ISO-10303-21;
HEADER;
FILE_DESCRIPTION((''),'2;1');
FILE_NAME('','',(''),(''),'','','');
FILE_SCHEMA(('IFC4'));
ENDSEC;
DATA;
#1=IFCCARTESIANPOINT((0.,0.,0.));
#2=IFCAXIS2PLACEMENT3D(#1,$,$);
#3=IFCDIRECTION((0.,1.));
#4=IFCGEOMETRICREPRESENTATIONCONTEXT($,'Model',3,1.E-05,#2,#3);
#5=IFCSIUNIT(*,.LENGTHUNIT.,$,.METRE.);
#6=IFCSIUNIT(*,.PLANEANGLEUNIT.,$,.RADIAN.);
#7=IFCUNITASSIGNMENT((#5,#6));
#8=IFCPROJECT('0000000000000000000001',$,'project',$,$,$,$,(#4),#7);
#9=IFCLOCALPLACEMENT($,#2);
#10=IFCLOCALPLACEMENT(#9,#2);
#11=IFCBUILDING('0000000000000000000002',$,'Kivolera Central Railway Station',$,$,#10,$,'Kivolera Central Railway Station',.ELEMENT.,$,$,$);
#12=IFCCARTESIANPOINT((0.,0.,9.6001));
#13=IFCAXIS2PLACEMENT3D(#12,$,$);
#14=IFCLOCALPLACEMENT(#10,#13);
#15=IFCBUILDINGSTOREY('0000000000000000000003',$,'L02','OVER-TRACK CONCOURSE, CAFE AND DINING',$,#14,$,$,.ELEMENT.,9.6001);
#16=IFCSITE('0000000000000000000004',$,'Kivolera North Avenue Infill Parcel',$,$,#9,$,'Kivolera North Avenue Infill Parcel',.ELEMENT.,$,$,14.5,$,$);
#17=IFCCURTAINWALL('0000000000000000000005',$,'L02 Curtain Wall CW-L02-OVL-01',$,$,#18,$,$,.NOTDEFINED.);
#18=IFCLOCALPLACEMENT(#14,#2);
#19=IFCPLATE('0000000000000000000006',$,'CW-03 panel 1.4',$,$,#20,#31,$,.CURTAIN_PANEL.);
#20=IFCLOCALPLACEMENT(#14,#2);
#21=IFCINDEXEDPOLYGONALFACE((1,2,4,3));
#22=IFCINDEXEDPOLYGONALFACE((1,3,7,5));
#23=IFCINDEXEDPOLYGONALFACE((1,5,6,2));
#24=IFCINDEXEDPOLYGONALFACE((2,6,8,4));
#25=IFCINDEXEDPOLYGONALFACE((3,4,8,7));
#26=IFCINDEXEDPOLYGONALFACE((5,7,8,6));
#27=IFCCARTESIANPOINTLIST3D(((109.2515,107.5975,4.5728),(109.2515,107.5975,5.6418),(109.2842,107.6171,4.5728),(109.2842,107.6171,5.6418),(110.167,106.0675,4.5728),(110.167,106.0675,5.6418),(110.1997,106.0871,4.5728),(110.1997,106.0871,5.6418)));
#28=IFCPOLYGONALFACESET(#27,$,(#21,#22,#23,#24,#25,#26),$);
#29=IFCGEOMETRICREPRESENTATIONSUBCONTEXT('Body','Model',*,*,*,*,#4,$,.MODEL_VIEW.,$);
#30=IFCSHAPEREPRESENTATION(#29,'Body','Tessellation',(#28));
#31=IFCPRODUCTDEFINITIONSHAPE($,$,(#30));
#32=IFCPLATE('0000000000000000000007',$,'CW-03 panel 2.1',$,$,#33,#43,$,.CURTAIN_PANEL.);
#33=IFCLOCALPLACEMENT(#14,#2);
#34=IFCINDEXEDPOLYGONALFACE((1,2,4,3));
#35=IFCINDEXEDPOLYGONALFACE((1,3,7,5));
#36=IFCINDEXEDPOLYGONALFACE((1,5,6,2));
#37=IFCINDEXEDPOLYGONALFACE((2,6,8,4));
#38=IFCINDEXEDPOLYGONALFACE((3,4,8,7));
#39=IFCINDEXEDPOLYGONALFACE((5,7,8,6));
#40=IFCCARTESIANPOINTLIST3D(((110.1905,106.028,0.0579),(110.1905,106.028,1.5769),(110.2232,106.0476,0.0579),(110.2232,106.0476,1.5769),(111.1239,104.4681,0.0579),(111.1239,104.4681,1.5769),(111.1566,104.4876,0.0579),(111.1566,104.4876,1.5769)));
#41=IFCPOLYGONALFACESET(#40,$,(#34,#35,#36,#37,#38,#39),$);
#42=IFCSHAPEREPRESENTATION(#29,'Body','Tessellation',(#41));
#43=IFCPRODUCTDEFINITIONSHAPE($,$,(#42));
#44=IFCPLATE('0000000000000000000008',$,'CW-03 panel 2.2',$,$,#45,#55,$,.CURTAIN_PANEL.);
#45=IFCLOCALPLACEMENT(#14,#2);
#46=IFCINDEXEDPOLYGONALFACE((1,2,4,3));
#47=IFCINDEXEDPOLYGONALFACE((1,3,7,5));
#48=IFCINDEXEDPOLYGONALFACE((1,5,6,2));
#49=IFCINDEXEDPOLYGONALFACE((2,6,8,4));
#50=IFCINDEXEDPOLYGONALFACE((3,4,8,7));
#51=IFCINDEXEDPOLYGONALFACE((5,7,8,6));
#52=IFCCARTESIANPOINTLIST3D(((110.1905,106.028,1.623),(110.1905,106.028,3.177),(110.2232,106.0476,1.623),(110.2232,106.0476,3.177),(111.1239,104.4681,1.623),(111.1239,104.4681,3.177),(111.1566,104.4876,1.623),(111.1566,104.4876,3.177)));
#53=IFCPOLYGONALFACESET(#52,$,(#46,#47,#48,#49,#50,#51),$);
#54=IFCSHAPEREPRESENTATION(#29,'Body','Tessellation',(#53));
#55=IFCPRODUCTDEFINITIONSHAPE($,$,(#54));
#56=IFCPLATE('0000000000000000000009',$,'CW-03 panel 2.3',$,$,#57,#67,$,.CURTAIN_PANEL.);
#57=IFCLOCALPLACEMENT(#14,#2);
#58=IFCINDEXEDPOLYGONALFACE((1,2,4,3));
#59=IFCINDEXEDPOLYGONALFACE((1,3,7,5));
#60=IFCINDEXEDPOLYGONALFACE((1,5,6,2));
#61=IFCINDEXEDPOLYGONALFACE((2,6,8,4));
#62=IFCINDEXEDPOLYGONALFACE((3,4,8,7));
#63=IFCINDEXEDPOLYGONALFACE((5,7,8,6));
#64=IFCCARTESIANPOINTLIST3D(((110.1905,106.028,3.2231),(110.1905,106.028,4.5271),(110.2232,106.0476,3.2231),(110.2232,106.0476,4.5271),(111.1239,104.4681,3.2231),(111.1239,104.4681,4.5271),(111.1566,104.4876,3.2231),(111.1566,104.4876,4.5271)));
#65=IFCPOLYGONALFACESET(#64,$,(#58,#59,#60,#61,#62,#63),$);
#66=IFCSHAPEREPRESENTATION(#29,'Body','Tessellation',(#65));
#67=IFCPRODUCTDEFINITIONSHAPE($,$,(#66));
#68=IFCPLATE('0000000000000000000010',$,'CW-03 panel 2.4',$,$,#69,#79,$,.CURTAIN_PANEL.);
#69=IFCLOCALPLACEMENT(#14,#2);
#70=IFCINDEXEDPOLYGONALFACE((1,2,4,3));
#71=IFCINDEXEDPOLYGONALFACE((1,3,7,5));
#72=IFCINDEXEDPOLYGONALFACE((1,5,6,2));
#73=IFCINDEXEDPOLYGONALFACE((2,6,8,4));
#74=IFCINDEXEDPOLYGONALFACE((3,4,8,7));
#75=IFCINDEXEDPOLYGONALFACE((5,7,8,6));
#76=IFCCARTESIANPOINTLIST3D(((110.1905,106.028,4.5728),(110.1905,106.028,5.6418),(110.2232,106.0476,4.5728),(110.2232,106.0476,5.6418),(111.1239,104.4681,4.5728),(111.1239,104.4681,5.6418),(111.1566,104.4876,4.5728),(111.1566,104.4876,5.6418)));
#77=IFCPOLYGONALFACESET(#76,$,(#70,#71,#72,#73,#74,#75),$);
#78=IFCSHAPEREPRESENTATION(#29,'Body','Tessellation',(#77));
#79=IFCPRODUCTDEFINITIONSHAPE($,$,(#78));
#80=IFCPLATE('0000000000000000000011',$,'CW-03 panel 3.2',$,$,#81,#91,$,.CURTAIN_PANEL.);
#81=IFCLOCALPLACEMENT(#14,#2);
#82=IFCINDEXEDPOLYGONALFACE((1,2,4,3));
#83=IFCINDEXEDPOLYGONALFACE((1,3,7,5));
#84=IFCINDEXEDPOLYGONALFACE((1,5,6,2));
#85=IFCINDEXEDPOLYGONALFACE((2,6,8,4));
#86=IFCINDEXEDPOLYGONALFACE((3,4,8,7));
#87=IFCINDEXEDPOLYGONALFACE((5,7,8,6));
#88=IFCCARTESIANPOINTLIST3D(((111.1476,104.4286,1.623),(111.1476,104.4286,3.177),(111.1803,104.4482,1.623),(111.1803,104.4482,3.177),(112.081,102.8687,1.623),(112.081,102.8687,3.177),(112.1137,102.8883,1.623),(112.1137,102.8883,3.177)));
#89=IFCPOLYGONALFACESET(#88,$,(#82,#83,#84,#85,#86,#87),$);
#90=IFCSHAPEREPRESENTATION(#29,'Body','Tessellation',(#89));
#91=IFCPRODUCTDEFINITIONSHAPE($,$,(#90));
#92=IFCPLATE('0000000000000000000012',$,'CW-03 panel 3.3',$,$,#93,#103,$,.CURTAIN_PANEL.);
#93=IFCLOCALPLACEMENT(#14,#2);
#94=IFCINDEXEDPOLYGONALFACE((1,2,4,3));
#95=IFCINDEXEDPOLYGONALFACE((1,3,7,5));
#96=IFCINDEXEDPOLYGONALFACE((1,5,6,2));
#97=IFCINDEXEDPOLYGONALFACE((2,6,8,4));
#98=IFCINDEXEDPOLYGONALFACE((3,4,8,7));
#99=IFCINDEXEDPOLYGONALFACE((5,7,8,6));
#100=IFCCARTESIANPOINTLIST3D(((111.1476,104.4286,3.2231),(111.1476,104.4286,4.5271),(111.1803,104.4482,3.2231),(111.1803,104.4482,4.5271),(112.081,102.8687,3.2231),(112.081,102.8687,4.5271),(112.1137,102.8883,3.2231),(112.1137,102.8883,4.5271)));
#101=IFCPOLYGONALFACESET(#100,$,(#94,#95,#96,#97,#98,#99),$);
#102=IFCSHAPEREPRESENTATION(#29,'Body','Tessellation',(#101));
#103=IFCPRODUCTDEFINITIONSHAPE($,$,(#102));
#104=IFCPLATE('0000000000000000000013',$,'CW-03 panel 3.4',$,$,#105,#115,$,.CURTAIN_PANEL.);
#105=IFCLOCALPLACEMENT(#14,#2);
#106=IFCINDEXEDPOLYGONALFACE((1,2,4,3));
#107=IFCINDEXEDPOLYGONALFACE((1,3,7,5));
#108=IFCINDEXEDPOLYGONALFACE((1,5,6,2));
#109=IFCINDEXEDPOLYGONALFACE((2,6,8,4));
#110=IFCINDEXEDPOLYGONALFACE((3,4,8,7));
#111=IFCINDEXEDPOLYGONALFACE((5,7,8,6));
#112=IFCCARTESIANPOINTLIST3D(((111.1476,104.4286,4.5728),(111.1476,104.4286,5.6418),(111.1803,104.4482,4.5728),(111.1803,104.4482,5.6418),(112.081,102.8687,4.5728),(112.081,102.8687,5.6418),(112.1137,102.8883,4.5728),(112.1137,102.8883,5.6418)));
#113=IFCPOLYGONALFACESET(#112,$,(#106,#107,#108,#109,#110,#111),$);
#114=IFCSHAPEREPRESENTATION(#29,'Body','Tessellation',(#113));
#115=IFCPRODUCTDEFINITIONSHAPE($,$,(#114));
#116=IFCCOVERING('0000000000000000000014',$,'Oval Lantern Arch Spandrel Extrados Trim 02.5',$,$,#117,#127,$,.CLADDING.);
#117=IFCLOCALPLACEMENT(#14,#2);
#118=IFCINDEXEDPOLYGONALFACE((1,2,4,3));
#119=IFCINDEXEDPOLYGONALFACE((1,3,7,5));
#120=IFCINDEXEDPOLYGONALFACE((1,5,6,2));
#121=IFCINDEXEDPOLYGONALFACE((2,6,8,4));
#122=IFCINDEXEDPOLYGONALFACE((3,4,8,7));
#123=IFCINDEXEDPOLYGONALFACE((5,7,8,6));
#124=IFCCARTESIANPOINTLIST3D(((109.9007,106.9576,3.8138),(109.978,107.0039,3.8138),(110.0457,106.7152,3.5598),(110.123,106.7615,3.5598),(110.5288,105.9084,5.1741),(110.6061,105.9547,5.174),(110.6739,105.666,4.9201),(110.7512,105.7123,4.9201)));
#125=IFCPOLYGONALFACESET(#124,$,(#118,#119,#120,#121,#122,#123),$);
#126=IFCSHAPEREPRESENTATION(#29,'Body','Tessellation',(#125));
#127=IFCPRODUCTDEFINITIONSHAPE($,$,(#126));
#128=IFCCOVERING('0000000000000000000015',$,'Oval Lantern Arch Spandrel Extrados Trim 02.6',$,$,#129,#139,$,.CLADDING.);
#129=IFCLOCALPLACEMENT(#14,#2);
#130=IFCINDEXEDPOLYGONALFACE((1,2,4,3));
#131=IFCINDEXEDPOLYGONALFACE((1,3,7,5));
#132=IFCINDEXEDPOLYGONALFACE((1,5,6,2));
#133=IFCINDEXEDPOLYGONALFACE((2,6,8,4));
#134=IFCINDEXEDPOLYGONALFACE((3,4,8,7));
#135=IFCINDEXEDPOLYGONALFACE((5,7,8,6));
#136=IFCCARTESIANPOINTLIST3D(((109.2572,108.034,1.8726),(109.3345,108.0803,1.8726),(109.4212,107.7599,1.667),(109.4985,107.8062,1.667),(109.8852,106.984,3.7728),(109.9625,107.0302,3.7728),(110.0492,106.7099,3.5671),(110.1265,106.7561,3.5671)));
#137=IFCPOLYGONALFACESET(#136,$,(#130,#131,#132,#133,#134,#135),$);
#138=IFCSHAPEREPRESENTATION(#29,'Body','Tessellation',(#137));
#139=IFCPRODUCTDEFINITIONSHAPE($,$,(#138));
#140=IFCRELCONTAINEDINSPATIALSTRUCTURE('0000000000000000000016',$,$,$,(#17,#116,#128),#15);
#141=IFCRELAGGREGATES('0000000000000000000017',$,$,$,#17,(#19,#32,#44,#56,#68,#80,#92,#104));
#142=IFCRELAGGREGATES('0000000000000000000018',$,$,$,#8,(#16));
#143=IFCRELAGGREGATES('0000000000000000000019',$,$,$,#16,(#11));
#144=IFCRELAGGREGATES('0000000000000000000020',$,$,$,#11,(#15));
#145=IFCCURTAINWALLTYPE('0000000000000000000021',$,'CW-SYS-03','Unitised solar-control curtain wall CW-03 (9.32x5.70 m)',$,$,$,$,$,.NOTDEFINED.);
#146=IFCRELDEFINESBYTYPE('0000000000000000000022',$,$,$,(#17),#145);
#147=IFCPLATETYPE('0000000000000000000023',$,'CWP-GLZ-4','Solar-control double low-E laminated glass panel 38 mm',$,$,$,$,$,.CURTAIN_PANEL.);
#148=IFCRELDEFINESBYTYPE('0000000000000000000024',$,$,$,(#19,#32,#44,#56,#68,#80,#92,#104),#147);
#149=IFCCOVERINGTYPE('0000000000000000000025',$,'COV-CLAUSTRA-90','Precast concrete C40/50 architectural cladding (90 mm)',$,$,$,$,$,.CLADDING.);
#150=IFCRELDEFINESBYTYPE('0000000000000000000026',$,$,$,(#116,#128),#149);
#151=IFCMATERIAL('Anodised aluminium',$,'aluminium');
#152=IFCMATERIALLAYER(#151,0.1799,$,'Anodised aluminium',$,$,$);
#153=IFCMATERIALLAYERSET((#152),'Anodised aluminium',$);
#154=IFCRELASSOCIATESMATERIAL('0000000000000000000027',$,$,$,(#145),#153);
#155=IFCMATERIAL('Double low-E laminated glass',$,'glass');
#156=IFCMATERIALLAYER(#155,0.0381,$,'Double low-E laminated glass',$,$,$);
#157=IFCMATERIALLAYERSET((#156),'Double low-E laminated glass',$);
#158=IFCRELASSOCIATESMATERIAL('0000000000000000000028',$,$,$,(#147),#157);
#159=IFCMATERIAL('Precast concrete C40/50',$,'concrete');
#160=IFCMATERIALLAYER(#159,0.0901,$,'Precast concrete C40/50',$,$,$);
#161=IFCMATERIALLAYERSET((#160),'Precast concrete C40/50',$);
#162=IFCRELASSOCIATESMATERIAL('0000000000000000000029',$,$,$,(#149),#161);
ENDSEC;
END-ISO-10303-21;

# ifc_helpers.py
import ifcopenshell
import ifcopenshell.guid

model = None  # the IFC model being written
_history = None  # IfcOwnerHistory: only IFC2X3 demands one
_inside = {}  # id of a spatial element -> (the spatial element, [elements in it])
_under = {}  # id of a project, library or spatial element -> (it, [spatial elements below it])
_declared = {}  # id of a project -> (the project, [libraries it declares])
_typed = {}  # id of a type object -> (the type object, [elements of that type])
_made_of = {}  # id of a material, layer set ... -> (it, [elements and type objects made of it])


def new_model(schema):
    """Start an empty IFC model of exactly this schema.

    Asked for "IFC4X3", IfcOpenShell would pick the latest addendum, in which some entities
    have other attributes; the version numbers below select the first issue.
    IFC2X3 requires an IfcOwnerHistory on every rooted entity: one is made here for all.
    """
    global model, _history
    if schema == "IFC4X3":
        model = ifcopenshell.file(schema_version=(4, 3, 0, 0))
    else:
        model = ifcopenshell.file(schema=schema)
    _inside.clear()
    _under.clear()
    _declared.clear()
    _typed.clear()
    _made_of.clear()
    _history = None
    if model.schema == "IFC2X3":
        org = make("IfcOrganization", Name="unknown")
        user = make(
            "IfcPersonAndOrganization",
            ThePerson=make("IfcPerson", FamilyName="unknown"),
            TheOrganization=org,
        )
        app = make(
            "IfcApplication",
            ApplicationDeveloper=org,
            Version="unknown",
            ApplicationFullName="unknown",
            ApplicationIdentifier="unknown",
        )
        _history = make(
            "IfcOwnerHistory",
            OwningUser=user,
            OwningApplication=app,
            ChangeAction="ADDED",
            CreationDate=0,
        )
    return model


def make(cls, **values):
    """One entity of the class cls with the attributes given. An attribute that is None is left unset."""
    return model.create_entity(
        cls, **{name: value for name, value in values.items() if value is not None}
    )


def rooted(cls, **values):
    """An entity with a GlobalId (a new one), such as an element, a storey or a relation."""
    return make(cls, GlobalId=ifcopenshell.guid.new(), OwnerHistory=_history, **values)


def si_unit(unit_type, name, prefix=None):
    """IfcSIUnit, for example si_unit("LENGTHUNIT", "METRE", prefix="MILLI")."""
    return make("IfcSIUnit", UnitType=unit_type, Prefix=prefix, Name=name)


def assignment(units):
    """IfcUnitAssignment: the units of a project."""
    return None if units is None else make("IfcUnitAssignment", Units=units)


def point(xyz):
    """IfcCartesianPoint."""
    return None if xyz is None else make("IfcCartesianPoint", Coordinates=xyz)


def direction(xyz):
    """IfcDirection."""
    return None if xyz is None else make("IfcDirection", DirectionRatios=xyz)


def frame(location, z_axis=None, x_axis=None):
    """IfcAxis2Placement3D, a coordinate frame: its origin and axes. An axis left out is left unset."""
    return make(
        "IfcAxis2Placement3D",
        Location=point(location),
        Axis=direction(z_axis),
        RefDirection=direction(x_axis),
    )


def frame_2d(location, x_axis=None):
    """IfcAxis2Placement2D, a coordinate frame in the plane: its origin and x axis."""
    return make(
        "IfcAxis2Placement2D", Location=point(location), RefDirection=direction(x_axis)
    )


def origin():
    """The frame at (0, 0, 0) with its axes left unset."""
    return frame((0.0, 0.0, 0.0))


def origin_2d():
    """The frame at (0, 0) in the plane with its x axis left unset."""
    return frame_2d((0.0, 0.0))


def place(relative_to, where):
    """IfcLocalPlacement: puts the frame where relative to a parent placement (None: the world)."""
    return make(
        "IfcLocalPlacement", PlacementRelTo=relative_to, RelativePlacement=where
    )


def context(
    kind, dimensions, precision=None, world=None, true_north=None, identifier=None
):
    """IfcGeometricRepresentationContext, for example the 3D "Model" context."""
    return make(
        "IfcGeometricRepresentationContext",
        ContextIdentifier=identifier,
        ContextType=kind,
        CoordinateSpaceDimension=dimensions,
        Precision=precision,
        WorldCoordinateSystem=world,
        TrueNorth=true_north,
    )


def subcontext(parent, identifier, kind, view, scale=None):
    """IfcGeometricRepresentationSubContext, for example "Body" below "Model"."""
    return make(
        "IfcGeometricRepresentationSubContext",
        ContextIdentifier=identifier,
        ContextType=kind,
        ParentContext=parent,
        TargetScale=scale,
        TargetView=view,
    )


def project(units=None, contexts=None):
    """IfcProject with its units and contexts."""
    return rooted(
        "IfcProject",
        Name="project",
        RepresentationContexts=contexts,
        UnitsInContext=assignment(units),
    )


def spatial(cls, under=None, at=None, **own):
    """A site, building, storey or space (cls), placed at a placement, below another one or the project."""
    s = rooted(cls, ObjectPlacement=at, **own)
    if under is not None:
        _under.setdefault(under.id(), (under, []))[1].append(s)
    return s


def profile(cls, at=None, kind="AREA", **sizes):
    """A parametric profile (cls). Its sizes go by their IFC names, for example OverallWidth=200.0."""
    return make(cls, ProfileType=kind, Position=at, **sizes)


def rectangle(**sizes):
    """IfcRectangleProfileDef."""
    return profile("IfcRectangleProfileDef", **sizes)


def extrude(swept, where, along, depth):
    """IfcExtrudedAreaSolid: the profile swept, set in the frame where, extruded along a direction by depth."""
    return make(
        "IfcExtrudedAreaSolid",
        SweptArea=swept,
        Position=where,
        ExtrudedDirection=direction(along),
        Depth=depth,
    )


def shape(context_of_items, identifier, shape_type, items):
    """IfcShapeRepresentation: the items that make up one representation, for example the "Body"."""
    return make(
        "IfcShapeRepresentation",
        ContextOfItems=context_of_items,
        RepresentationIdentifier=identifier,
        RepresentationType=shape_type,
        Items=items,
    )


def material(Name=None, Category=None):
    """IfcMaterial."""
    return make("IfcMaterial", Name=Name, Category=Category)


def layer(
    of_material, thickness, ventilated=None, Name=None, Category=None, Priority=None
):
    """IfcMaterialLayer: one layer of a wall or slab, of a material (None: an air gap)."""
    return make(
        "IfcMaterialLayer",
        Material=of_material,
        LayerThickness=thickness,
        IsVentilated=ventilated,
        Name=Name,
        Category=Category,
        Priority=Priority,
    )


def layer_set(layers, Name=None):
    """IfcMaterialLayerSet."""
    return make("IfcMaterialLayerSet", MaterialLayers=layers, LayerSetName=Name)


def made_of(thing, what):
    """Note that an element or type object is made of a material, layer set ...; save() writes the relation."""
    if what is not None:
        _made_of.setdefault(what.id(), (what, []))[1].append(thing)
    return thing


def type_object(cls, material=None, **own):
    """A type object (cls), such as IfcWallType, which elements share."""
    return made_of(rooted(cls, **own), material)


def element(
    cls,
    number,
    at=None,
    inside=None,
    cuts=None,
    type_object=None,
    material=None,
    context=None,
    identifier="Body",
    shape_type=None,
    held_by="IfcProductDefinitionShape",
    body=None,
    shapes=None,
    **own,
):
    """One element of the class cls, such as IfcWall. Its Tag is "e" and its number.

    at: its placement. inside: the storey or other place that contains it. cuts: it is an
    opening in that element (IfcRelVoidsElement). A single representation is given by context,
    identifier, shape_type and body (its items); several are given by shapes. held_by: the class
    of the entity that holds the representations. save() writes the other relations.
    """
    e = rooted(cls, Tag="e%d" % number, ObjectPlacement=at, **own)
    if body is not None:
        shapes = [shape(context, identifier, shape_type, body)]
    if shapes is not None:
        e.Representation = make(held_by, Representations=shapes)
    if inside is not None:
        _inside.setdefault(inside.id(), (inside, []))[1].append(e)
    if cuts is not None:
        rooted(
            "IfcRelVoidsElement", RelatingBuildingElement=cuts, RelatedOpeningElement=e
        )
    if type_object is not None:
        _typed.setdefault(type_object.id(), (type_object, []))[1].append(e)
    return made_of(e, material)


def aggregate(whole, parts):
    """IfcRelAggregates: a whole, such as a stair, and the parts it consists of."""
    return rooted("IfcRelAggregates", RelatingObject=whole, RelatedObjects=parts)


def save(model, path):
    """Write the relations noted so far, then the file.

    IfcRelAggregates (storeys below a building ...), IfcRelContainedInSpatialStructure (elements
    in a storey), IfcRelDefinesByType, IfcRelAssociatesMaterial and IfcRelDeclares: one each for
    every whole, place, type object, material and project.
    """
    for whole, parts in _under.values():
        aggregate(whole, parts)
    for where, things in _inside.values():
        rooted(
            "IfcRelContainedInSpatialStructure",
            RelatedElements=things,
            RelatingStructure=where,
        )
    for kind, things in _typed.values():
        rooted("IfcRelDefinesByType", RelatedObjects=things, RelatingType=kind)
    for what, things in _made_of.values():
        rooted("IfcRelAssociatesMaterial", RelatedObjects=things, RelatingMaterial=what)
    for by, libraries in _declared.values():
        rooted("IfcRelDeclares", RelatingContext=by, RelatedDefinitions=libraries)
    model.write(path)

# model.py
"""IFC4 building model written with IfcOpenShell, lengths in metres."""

from ifc_helpers import new_model, si_unit, direction, frame, origin, origin_2d, place, context, subcontext, project, spatial, rectangle, extrude, material, layer, layer_set, type_object, element, aggregate, save


model = new_model("IFC4")

# Units and contexts
model_context = context("Model", 3, precision=1e-05, world=origin(), true_north=direction((0.0, 1.0)))
body_context = subcontext(model_context, "Body", "Model", "MODEL_VIEW")
ifc_project = project(units=[si_unit("LENGTHUNIT", "METRE"), si_unit("PLANEANGLEUNIT", "RADIAN")], contexts=[model_context])

# Site, building, storey
site_placement = place(None, origin())
site = spatial("IfcSite", under=ifc_project, at=site_placement, Name="Kivolera North Avenue Infill Parcel", LongName="Kivolera North Avenue Infill Parcel", CompositionType="ELEMENT", RefElevation=14.5)
building_placement = place(site_placement, origin())
building = spatial("IfcBuilding", under=site, at=building_placement, Name="Kivolera Central Railway Station", LongName="Kivolera Central Railway Station", CompositionType="ELEMENT")
storey_placement = place(building_placement, frame((0.0, 0.0, 9.6001)))
storey = spatial("IfcBuildingStorey", under=building, at=storey_placement, Name="L02", Description="OVER-TRACK CONCOURSE, CAFE AND DINING", CompositionType="ELEMENT", Elevation=9.6001)

# Curtain wall, plates
ifc_material_1 = material(Name="Anodised aluminium", Category="aluminium")
ifc_layer_1 = layer(ifc_material_1, 0.1799, Name="Anodised aluminium")
ifc_layer_set_1 = layer_set([ifc_layer_1], Name="Anodised aluminium")
curtain_wall_type = type_object("IfcCurtainWallType", Name="CW-SYS-03", Description="Unitised solar-control curtain wall CW-03 (9.32x5.70 m)", PredefinedType="NOTDEFINED", material=ifc_layer_set_1)
curtain_wall_placement = place(storey_placement, origin())
curtain_wall = element("IfcCurtainWall", 1, at=curtain_wall_placement, inside=storey, type_object=curtain_wall_type, Name="L02 Curtain Wall CW-L02-OVL-01", PredefinedType="NOTDEFINED")
ifc_material_2 = material(Name="Double low-E laminated glass", Category="glass")
ifc_layer_2 = layer(ifc_material_2, 0.0381, Name="Double low-E laminated glass")
ifc_layer_set_2 = layer_set([ifc_layer_2], Name="Double low-E laminated glass")
plate_type = type_object("IfcPlateType", Name="CWP-GLZ-4", Description="Solar-control double low-E laminated glass panel 38 mm", PredefinedType="CURTAIN_PANEL", material=ifc_layer_set_2)
plate_1_placement = place(storey_placement, frame((109.7256, 106.8423, 4.5728), z_axis=(0.0, 0.0, 1.0), x_axis=(0.513454, -0.858117, 0.0)))
plate_1 = element("IfcPlate", 2, at=plate_1_placement, type_object=plate_type, Name="CW-03 panel 1.4", PredefinedType="CURTAIN_PANEL", context=body_context, shape_type="SweptSolid", body=[
    extrude(rectangle(XDim=1.783, YDim=0.0381, at=origin_2d()), origin(), (0.0, 0.0, 1.0), 1.0691),
])
plate_2_placement = place(storey_placement, frame((110.6736, 105.2578, 0.0579), z_axis=(0.0, 0.0, 1.0), x_axis=(0.513454, -0.858117, 0.0)))
plate_2 = element("IfcPlate", 3, at=plate_2_placement, type_object=plate_type, Name="CW-03 panel 2.1", PredefinedType="CURTAIN_PANEL", context=body_context, shape_type="SweptSolid", body=[
    extrude(rectangle(XDim=1.8179, YDim=0.0381, at=origin_2d()), origin(), (0.0, 0.0, 1.0), 1.519),
])
plate_3_placement = place(storey_placement, frame((110.6736, 105.2578, 1.623), z_axis=(0.0, 0.0, 1.0), x_axis=(0.513454, -0.858117, 0.0)))
plate_3 = element("IfcPlate", 4, at=plate_3_placement, type_object=plate_type, Name="CW-03 panel 2.2", PredefinedType="CURTAIN_PANEL", context=body_context, shape_type="SweptSolid", body=[
    extrude(rectangle(XDim=1.8179, YDim=0.0381, at=origin_2d()), origin(), (0.0, 0.0, 1.0), 1.554),
])
plate_4_placement = place(storey_placement, frame((110.6736, 105.2578, 3.2231), z_axis=(0.0, 0.0, 1.0), x_axis=(0.513454, -0.858117, 0.0)))
plate_4 = element("IfcPlate", 5, at=plate_4_placement, type_object=plate_type, Name="CW-03 panel 2.3", PredefinedType="CURTAIN_PANEL", context=body_context, shape_type="SweptSolid", body=[
    extrude(rectangle(XDim=1.8179, YDim=0.0381, at=origin_2d()), origin(), (0.0, 0.0, 1.0), 1.304),
])
plate_5_placement = place(storey_placement, frame((110.6736, 105.2578, 4.5728), z_axis=(0.0, 0.0, 1.0), x_axis=(0.513454, -0.858117, 0.0)))
plate_5 = element("IfcPlate", 6, at=plate_5_placement, type_object=plate_type, Name="CW-03 panel 2.4", PredefinedType="CURTAIN_PANEL", context=body_context, shape_type="SweptSolid", body=[
    extrude(rectangle(XDim=1.8179, YDim=0.0381, at=origin_2d()), origin(), (0.0, 0.0, 1.0), 1.0691),
])
plate_6_placement = place(storey_placement, frame((111.6306, 103.6584, 1.623), z_axis=(0.0, 0.0, 1.0), x_axis=(0.513454, -0.858117, 0.0)))
plate_6 = element("IfcPlate", 7, at=plate_6_placement, type_object=plate_type, Name="CW-03 panel 3.2", PredefinedType="CURTAIN_PANEL", context=body_context, shape_type="SweptSolid", body=[
    extrude(rectangle(XDim=1.8179, YDim=0.0381, at=origin_2d()), origin(), (0.0, 0.0, 1.0), 1.554),
])
plate_7_placement = place(storey_placement, frame((111.6306, 103.6584, 3.2231), z_axis=(0.0, 0.0, 1.0), x_axis=(0.513454, -0.858117, 0.0)))
plate_7 = element("IfcPlate", 8, at=plate_7_placement, type_object=plate_type, Name="CW-03 panel 3.3", PredefinedType="CURTAIN_PANEL", context=body_context, shape_type="SweptSolid", body=[
    extrude(rectangle(XDim=1.8179, YDim=0.0381, at=origin_2d()), origin(), (0.0, 0.0, 1.0), 1.304),
])
plate_8_placement = place(storey_placement, frame((111.6306, 103.6584, 4.5728), z_axis=(0.0, 0.0, 1.0), x_axis=(0.513454, -0.858117, 0.0)))
plate_8 = element("IfcPlate", 9, at=plate_8_placement, type_object=plate_type, Name="CW-03 panel 3.4", PredefinedType="CURTAIN_PANEL", context=body_context, shape_type="SweptSolid", body=[
    extrude(rectangle(XDim=1.8179, YDim=0.0381, at=origin_2d()), origin(), (0.0, 0.0, 1.0), 1.0691),
])
aggregate(curtain_wall, [plate_1, plate_2, plate_3, plate_4, plate_5, plate_6, plate_7, plate_8])

# Coverings
ifc_material_3 = material(Name="Precast concrete C40/50", Category="concrete")
ifc_layer_3 = layer(ifc_material_3, 0.0901, Name="Precast concrete C40/50")
ifc_layer_set_3 = layer_set([ifc_layer_3], Name="Precast concrete C40/50")
covering_type = type_object("IfcCoveringType", Name="COV-CLAUSTRA-90", Description="Precast concrete C40/50 architectural cladding (90 mm)", PredefinedType="CLADDING", material=ifc_layer_set_3)
covering_1_placement = place(storey_placement, frame((110.3259, 106.335, 4.3669), z_axis=(-0.343401, 0.573611, -0.743671), x_axis=(0.858138, 0.51342, 0.0)))
element("IfcCovering", 10, at=covering_1_placement, inside=storey, type_object=covering_type, Name="Oval Lantern Arch Spandrel Extrados Trim 02.5", PredefinedType="CLADDING", context=body_context, shape_type="SweptSolid", body=[
    extrude(rectangle(XDim=0.0901, YDim=0.3799, at=origin_2d()), frame((0.0, 0.0, -0.9146)), (0.0, 0.0, 1.0), 1.8291),
])
covering_2_placement = place(storey_placement, frame((109.6919, 107.395, 2.72), z_axis=(-0.277896, 0.464634, -0.840767), x_axis=(0.858138, 0.51342, 0.0)))
element("IfcCovering", 11, at=covering_2_placement, inside=storey, type_object=covering_type, Name="Oval Lantern Arch Spandrel Extrados Trim 02.6", PredefinedType="CLADDING", context=body_context, shape_type="SweptSolid", body=[
    extrude(rectangle(XDim=0.0901, YDim=0.3799, at=origin_2d()), frame((0.0, 0.0, -1.1299)), (0.0, 0.0, 1.0), 2.26),
])

save(model, "model.ifc")
